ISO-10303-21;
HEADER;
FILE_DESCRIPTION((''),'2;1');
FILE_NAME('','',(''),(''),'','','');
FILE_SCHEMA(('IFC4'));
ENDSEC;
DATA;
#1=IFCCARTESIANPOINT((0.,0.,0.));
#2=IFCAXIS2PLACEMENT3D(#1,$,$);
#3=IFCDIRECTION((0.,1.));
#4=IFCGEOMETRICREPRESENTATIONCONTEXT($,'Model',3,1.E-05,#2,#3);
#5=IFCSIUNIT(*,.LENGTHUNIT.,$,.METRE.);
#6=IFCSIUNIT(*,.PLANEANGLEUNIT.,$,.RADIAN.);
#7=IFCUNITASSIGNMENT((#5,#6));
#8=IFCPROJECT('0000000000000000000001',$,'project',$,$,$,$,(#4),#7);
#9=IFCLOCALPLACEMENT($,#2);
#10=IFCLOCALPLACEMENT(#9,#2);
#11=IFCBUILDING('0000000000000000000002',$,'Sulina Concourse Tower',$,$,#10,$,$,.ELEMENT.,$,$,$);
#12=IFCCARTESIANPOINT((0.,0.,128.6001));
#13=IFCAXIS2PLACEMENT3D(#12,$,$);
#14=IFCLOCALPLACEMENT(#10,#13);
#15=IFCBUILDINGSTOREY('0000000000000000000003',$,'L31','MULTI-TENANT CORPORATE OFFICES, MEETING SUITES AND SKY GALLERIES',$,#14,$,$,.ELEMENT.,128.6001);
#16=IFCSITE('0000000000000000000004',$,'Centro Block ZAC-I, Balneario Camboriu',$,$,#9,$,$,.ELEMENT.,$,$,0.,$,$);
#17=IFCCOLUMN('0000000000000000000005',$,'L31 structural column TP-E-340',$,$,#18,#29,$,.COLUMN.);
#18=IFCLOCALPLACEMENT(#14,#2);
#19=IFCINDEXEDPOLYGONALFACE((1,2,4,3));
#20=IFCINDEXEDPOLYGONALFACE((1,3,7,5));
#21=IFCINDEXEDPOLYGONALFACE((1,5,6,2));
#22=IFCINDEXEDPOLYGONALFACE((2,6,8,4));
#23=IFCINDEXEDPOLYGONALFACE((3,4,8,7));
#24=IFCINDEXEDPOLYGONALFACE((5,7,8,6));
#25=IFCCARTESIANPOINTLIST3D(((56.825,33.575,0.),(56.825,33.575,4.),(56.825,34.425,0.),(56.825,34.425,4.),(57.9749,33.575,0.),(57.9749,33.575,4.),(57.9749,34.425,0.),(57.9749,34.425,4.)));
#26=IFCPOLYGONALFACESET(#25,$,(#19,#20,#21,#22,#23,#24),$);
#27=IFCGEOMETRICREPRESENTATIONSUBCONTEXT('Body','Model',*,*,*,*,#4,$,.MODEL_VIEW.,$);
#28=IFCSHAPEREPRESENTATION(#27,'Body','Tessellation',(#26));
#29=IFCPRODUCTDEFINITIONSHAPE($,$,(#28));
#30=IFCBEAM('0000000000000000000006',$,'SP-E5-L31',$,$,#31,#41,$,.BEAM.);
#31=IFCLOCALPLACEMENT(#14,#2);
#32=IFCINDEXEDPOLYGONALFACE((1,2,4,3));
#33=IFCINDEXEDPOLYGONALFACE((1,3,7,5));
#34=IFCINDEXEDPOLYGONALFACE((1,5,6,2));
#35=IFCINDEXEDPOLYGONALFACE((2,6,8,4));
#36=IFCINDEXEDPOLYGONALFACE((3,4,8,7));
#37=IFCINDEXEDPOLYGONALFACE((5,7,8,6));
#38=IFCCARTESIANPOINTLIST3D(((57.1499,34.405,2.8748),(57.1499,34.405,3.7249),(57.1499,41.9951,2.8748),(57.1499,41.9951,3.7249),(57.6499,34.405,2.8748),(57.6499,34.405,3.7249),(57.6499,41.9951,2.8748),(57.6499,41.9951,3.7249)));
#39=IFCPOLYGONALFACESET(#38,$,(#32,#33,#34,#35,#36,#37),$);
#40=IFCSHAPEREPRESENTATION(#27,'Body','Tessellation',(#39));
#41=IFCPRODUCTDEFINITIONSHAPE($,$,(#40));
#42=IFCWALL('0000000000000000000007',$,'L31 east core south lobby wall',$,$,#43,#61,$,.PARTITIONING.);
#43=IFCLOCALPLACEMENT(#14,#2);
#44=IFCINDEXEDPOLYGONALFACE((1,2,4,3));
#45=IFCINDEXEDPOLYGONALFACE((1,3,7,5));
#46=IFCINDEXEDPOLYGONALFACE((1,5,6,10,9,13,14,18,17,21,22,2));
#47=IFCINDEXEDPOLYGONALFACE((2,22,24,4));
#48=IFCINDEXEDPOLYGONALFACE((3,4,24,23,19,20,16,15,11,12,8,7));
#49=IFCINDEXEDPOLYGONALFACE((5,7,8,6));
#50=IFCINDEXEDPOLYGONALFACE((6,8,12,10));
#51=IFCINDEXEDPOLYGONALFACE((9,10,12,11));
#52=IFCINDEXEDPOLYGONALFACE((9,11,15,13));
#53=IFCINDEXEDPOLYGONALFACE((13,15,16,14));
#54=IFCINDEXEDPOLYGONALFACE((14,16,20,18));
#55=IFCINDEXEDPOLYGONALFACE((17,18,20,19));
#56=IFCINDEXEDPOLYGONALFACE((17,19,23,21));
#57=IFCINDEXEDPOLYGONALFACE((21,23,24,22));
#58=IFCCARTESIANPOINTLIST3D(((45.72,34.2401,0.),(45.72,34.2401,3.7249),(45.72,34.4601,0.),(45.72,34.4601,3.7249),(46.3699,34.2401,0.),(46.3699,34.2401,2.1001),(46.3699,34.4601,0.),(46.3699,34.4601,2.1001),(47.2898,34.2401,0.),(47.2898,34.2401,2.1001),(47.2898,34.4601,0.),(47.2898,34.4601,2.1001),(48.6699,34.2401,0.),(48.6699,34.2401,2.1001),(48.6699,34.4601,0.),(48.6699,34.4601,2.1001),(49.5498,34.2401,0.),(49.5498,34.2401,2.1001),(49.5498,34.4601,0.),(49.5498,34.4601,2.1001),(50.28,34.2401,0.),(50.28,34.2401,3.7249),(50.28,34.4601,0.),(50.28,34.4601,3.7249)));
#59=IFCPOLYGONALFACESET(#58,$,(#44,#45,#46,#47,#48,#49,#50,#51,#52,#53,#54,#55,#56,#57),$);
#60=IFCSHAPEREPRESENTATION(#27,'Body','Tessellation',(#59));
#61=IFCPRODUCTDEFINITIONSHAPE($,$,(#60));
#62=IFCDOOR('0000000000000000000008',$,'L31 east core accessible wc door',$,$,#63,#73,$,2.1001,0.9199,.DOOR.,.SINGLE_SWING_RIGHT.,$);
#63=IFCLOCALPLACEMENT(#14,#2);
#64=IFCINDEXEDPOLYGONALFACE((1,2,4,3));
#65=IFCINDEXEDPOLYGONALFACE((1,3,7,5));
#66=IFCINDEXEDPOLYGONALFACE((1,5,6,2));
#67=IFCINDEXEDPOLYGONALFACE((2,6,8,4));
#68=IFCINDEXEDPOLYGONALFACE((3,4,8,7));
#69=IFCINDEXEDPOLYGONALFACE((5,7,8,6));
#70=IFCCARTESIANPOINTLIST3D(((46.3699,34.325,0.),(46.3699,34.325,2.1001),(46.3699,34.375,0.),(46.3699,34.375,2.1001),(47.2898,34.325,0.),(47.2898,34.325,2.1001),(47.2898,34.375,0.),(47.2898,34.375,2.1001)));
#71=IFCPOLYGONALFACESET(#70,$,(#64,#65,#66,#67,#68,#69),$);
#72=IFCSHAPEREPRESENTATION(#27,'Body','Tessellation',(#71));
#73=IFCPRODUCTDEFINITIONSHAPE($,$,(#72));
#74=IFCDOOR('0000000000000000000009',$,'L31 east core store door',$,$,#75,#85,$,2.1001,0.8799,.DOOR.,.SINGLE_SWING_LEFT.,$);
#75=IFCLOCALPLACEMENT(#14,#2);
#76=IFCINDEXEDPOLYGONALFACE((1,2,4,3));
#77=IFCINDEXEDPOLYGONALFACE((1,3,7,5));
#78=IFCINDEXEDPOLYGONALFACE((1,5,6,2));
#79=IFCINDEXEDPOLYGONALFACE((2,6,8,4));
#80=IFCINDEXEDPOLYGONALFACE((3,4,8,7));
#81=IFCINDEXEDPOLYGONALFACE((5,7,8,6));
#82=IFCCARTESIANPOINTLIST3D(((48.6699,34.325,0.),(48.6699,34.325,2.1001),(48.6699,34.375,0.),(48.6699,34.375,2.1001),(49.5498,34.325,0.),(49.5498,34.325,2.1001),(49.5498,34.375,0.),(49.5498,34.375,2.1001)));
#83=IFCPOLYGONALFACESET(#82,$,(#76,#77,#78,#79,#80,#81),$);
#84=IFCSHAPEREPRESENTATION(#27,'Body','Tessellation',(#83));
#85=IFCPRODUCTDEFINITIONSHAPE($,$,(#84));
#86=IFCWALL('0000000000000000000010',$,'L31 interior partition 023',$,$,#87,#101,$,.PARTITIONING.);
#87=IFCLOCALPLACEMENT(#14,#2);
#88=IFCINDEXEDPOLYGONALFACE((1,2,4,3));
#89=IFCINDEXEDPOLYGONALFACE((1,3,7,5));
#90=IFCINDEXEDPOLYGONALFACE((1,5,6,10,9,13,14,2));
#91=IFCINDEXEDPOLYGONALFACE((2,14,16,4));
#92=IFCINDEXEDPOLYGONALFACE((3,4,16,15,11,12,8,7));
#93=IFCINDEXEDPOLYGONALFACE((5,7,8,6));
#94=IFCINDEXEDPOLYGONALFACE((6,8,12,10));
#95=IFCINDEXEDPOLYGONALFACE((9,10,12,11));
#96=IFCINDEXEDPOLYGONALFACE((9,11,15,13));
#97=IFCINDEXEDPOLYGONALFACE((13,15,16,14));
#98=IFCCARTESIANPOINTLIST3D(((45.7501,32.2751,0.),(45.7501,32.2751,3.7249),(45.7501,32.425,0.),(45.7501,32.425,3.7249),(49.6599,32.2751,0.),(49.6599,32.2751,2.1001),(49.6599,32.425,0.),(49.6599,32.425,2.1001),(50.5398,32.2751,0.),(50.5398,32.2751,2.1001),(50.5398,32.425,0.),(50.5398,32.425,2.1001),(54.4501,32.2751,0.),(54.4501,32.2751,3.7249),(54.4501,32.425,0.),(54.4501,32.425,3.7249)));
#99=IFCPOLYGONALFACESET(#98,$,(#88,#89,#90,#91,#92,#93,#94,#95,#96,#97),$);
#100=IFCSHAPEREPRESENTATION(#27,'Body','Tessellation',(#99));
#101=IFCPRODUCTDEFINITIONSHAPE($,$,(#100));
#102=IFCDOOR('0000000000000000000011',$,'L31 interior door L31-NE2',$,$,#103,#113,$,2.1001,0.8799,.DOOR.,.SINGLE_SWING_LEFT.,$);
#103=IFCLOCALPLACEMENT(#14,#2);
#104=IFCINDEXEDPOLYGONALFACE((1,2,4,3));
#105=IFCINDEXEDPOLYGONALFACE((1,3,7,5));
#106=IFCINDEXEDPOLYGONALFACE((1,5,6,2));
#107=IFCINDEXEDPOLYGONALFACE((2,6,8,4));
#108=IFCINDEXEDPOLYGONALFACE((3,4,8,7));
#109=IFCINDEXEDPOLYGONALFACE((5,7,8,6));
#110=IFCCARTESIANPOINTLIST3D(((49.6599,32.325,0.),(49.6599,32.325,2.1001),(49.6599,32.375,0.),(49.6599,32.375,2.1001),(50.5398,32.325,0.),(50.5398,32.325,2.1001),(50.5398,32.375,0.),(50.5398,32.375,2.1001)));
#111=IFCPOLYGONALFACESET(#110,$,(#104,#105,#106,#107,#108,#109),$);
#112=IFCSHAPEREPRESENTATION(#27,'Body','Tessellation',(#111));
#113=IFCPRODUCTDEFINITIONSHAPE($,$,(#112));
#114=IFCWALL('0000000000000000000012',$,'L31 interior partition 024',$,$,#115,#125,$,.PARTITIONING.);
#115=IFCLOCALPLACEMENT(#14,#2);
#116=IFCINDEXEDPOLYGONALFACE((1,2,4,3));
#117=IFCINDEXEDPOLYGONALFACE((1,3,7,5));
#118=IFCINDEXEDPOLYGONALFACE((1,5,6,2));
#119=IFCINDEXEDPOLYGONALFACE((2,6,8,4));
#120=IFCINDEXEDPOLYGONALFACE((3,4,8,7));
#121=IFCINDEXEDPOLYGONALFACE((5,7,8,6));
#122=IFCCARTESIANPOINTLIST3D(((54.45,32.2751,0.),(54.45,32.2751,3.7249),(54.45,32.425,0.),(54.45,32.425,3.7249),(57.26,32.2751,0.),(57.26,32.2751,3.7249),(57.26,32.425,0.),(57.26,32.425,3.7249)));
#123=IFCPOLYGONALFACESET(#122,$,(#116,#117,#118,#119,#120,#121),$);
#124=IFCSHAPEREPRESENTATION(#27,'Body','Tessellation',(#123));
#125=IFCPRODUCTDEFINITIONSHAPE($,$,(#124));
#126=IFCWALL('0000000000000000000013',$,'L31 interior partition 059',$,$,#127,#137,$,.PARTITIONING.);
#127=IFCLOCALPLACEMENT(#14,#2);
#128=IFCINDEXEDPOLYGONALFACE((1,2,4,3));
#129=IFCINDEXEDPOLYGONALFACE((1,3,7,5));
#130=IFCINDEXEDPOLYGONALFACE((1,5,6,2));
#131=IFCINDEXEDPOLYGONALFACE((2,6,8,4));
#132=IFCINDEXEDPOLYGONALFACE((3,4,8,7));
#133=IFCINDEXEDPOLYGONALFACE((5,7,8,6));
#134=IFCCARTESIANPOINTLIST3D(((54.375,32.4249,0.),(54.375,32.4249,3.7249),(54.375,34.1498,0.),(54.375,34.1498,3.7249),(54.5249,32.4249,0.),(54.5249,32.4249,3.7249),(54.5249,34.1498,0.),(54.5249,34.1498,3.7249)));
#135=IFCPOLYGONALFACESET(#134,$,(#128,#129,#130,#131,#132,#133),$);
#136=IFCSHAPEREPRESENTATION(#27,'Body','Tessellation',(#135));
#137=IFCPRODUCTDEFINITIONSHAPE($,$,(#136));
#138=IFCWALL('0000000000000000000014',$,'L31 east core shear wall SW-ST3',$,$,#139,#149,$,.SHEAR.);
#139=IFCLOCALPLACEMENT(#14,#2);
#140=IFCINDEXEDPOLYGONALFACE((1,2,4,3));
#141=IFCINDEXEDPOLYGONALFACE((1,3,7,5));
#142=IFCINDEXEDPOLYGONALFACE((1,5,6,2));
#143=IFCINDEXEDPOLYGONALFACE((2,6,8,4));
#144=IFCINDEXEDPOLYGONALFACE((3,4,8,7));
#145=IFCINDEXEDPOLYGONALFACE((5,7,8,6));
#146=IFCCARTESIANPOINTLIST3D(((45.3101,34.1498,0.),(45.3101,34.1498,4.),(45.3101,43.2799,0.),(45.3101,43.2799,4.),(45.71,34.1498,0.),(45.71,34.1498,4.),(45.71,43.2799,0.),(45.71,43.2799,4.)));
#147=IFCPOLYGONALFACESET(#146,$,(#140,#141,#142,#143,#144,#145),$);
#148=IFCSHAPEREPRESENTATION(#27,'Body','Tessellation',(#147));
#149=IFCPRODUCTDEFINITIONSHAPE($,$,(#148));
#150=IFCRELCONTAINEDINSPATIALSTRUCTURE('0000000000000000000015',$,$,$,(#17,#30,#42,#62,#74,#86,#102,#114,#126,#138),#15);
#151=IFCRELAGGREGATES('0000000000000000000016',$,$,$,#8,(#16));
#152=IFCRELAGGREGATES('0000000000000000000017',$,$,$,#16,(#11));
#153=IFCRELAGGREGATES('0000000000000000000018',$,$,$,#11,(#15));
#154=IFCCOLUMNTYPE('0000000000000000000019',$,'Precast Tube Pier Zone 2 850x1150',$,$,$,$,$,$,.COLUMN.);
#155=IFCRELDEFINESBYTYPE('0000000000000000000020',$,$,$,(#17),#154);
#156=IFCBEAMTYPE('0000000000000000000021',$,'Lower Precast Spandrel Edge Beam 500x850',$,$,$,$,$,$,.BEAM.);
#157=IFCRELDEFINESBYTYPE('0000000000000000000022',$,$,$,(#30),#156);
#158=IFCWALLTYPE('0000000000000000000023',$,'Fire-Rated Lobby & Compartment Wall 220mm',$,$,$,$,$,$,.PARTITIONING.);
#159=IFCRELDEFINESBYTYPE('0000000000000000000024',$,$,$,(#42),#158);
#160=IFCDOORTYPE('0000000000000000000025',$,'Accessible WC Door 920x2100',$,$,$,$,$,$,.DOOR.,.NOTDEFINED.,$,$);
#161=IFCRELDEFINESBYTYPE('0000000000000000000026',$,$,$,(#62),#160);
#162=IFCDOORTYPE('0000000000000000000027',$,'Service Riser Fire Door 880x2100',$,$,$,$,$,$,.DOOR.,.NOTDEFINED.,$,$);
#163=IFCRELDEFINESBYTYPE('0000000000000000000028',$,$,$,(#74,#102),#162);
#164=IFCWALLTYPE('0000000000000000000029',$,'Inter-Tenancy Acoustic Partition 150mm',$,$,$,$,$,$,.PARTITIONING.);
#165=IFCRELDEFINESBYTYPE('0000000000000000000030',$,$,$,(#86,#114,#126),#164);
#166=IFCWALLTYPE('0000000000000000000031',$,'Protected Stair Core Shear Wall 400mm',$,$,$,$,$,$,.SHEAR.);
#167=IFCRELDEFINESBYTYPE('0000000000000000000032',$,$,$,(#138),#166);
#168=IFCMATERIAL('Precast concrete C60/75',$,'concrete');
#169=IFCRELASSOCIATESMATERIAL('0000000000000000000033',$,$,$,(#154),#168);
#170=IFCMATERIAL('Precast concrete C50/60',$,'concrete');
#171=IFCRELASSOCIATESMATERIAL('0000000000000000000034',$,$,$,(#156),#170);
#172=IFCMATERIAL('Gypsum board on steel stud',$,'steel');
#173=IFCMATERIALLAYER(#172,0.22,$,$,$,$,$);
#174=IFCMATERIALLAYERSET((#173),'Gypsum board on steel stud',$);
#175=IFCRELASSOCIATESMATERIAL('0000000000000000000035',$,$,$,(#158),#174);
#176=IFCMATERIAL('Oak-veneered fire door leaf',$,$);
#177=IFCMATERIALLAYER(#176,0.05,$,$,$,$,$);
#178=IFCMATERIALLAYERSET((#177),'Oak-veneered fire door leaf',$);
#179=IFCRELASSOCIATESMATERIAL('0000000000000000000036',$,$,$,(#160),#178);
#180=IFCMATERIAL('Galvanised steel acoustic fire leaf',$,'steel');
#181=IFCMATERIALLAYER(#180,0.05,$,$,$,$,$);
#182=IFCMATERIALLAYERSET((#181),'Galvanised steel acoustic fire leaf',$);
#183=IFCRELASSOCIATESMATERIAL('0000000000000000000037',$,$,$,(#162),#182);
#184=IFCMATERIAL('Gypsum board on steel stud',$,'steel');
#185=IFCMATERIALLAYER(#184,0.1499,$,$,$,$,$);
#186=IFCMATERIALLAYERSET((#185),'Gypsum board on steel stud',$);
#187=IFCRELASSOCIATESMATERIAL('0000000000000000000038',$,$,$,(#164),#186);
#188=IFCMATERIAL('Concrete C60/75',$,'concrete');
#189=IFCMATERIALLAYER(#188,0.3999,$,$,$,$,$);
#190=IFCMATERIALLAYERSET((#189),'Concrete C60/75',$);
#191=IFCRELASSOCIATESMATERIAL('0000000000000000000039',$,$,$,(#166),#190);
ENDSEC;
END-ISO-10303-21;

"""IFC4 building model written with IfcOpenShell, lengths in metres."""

from ifc_helpers import new_model, si_unit, direction, frame, frame_2d, origin, origin_2d, place, context, subcontext, project, spatial, rectangle, extrude, material, layer, layer_set, material_profile, profile_set, type_object, element, fill, save


model = new_model("IFC4")

# Units and contexts
model_context = context("Model", 3, precision=1e-05, world=origin(), true_north=direction((0.0, 1.0)))
body_context = subcontext(model_context, "Body", "Model", "MODEL_VIEW")
ifc_project = project(units=[si_unit("LENGTHUNIT", "METRE"), si_unit("PLANEANGLEUNIT", "RADIAN")], contexts=[model_context])

# Site, building, storey
site_placement = place(None, origin())
site = spatial("IfcSite", under=ifc_project, at=site_placement, Name="Centro Block ZAC-I, Balneario Camboriu", CompositionType="ELEMENT", RefElevation=0.0)
building_placement = place(site_placement, origin())
building = spatial("IfcBuilding", under=site, at=building_placement, Name="Sulina Concourse Tower", CompositionType="ELEMENT")
storey_placement = place(building_placement, frame((0.0, 0.0, 128.6001)))
storey = spatial("IfcBuildingStorey", under=building, at=storey_placement, Name="L31", Description="MULTI-TENANT CORPORATE OFFICES, MEETING SUITES AND SKY GALLERIES", CompositionType="ELEMENT", Elevation=128.6001)

# Column
ifc_material_1 = material(Name="Precast concrete C60/75", Category="concrete")
ifc_material_profile_1 = material_profile(ifc_material_1, rectangle(XDim=0.8501, YDim=1.1499, at=origin_2d()), Name="PC 850x1150")
ifc_profile_set_1 = profile_set([ifc_material_profile_1], Name="Precast concrete C60/75")
column_type = type_object("IfcColumnType", Name="Precast Tube Pier Zone 2 850x1150", PredefinedType="COLUMN", material=ifc_profile_set_1)
column_placement = place(storey_placement, frame((57.3999, 34.0, 0.0), z_axis=(0.0, 0.0, 1.0), x_axis=(0.0, 1.0, 0.0)))
element("IfcColumn", 1, at=column_placement, inside=storey, type_object=column_type, Name="L31 structural column TP-E-340", PredefinedType="COLUMN", context=body_context, shape_type="SweptSolid", body=[
    extrude(rectangle(XDim=0.8501, YDim=1.1499, at=origin_2d()), origin(), (0.0, 0.0, 1.0), 4.0),
])

# Beam
ifc_material_2 = material(Name="Precast concrete C50/60", Category="concrete")
ifc_material_profile_2 = material_profile(ifc_material_2, rectangle(XDim=0.5, YDim=0.8501, at=origin_2d()), Name="RC 500x850")
ifc_profile_set_2 = profile_set([ifc_material_profile_2], Name="Precast concrete C50/60")
beam_type = type_object("IfcBeamType", Name="Lower Precast Spandrel Edge Beam 500x850", PredefinedType="BEAM", material=ifc_profile_set_2)
beam_placement = place(storey_placement, frame((57.3999, 34.405, 3.2998), z_axis=(0.0, 1.0, 0.0), x_axis=(-1.0, 0.0, 0.0)))
element("IfcBeam", 2, at=beam_placement, inside=storey, type_object=beam_type, Name="SP-E5-L31", PredefinedType="BEAM", context=body_context, shape_type="SweptSolid", body=[
    extrude(rectangle(XDim=0.5, YDim=0.8501, at=origin_2d()), origin(), (0.0, 0.0, 1.0), 7.5901),
])

# Wall, openings, doors
ifc_material_3 = material(Name="Gypsum board on steel stud", Category="steel")
ifc_layer_1 = layer(ifc_material_3, 0.22)
ifc_layer_set_1 = layer_set([ifc_layer_1], Name="Gypsum board on steel stud")
wall_type_1 = type_object("IfcWallType", Name="Fire-Rated Lobby & Compartment Wall 220mm", PredefinedType="PARTITIONING", material=ifc_layer_set_1)
wall_1_placement = place(storey_placement, frame((45.72, 34.3501, 0.0), z_axis=(0.0, 0.0, 1.0), x_axis=(1.0, 0.0, 0.0)))
wall_1 = element("IfcWall", 3, at=wall_1_placement, inside=storey, type_object=wall_type_1, Name="L31 east core south lobby wall", PredefinedType="PARTITIONING", context=body_context, shape_type="SweptSolid", body=[
    extrude(rectangle(XDim=4.5601, YDim=0.22, at=frame_2d((2.28, 0.0))), origin(), (0.0, 0.0, 1.0), 3.7249),
])
opening_1_placement = place(wall_1_placement, frame((0.6499, 0.0, 0.0)))
opening_1 = element("IfcOpeningElement", 4, at=opening_1_placement, cuts=wall_1, PredefinedType="OPENING", context=body_context, shape_type="SweptSolid", body=[
    extrude(rectangle(XDim=0.9199, YDim=2.1001, at=frame_2d((0.46, 1.05))), frame((0.0, 0.1199, 0.0), z_axis=(0.0, -1.0, 0.0), x_axis=(1.0, 0.0, 0.0)), (0.0, 0.0, 1.0), 0.24),
])
opening_2_placement = place(wall_1_placement, frame((2.95, 0.0, 0.0)))
opening_2 = element("IfcOpeningElement", 5, at=opening_2_placement, cuts=wall_1, PredefinedType="OPENING", context=body_context, shape_type="SweptSolid", body=[
    extrude(rectangle(XDim=0.8799, YDim=2.1001, at=frame_2d((0.4399, 1.05))), frame((0.0, 0.1199, 0.0), z_axis=(0.0, -1.0, 0.0), x_axis=(1.0, 0.0, 0.0)), (0.0, 0.0, 1.0), 0.24),
])
ifc_material_4 = material(Name="Oak-veneered fire door leaf")
ifc_layer_2 = layer(ifc_material_4, 0.05)
ifc_layer_set_2 = layer_set([ifc_layer_2], Name="Oak-veneered fire door leaf")
door_type_1 = type_object("IfcDoorType", Name="Accessible WC Door 920x2100", OperationType="NOTDEFINED", PredefinedType="DOOR", material=ifc_layer_set_2)
door_1_placement = place(opening_1_placement, origin())
door_1 = element("IfcDoor", 6, at=door_1_placement, inside=storey, type_object=door_type_1, Name="L31 east core accessible wc door", OperationType="SINGLE_SWING_RIGHT", OverallHeight=2.1001, OverallWidth=0.9199, PredefinedType="DOOR", context=body_context, shape_type="SweptSolid", body=[
    extrude(rectangle(XDim=0.9199, YDim=2.1001, at=frame_2d((0.46, 1.05))), frame((0.0, 0.0249, 0.0), z_axis=(0.0, -1.0, 0.0), x_axis=(1.0, 0.0, 0.0)), (0.0, 0.0, 1.0), 0.05),
])
fill(opening_1, door_1)
ifc_material_5 = material(Name="Galvanised steel acoustic fire leaf", Category="steel")
ifc_layer_3 = layer(ifc_material_5, 0.05)
ifc_layer_set_3 = layer_set([ifc_layer_3], Name="Galvanised steel acoustic fire leaf")
door_type_2 = type_object("IfcDoorType", Name="Service Riser Fire Door 880x2100", OperationType="NOTDEFINED", PredefinedType="DOOR", material=ifc_layer_set_3)
door_2_placement = place(opening_2_placement, origin())
door_2 = element("IfcDoor", 7, at=door_2_placement, inside=storey, type_object=door_type_2, Name="L31 east core store door", OperationType="SINGLE_SWING_LEFT", OverallHeight=2.1001, OverallWidth=0.8799, PredefinedType="DOOR", context=body_context, shape_type="SweptSolid", body=[
    extrude(rectangle(XDim=0.8799, YDim=2.1001, at=frame_2d((0.4399, 1.05))), frame((0.0, 0.0249, 0.0), z_axis=(0.0, -1.0, 0.0), x_axis=(1.0, 0.0, 0.0)), (0.0, 0.0, 1.0), 0.05),
])
fill(opening_2, door_2)

# Wall, opening, door
ifc_material_6 = material(Name="Gypsum board on steel stud", Category="steel")
ifc_layer_4 = layer(ifc_material_6, 0.1499)
ifc_layer_set_4 = layer_set([ifc_layer_4], Name="Gypsum board on steel stud")
wall_type_2 = type_object("IfcWallType", Name="Inter-Tenancy Acoustic Partition 150mm", PredefinedType="PARTITIONING", material=ifc_layer_set_4)
wall_2_placement = place(storey_placement, frame((45.75, 32.3501, 0.0), z_axis=(0.0, 0.0, 1.0), x_axis=(1.0, 0.0, 0.0)))
wall_2 = element("IfcWall", 8, at=wall_2_placement, inside=storey, type_object=wall_type_2, Name="L31 interior partition 023", PredefinedType="PARTITIONING", context=body_context, shape_type="SweptSolid", body=[
    extrude(rectangle(XDim=8.7, YDim=0.1499, at=frame_2d((4.3501, 0.0))), origin(), (0.0, 0.0, 1.0), 3.7249),
])
opening_3_placement = place(wall_2_placement, frame((3.9099, 0.0, 0.0)))
opening_3 = element("IfcOpeningElement", 9, at=opening_3_placement, cuts=wall_2, PredefinedType="OPENING", context=body_context, shape_type="SweptSolid", body=[
    extrude(rectangle(XDim=0.8799, YDim=2.1001, at=frame_2d((0.4399, 1.05))), frame((0.0, 0.085, 0.0), z_axis=(0.0, -1.0, 0.0), x_axis=(1.0, 0.0, 0.0)), (0.0, 0.0, 1.0), 0.1699),
])
door_3_placement = place(opening_3_placement, origin())
door_3 = element("IfcDoor", 10, at=door_3_placement, inside=storey, type_object=door_type_2, Name="L31 interior door L31-NE2", OperationType="SINGLE_SWING_LEFT", OverallHeight=2.1001, OverallWidth=0.8799, PredefinedType="DOOR", context=body_context, shape_type="SweptSolid", body=[
    extrude(rectangle(XDim=0.8799, YDim=2.1001, at=frame_2d((0.4399, 1.05))), frame((0.0, 0.0249, 0.0), z_axis=(0.0, -1.0, 0.0), x_axis=(1.0, 0.0, 0.0)), (0.0, 0.0, 1.0), 0.05),
])
fill(opening_3, door_3)

# Walls
wall_3_placement = place(storey_placement, frame((54.45, 32.3501, 0.0), z_axis=(0.0, 0.0, 1.0), x_axis=(1.0, 0.0, 0.0)))
element("IfcWall", 11, at=wall_3_placement, inside=storey, type_object=wall_type_2, Name="L31 interior partition 024", PredefinedType="PARTITIONING", context=body_context, shape_type="SweptSolid", body=[
    extrude(rectangle(XDim=2.8101, YDim=0.1499, at=frame_2d((1.405, 0.0))), origin(), (0.0, 0.0, 1.0), 3.7249),
])
wall_4_placement = place(storey_placement, frame((54.45, 32.425, 0.0), z_axis=(0.0, 0.0, 1.0), x_axis=(0.0, 1.0, 0.0)))
element("IfcWall", 12, at=wall_4_placement, inside=storey, type_object=wall_type_2, Name="L31 interior partition 059", PredefinedType="PARTITIONING", context=body_context, shape_type="SweptSolid", body=[
    extrude(rectangle(XDim=1.7249, YDim=0.1499, at=frame_2d((0.8623, 0.0))), origin(), (0.0, 0.0, 1.0), 3.7249),
])
ifc_material_7 = material(Name="Concrete C60/75", Category="concrete")
ifc_layer_5 = layer(ifc_material_7, 0.3999)
ifc_layer_set_5 = layer_set([ifc_layer_5], Name="Concrete C60/75")
wall_type_3 = type_object("IfcWallType", Name="Protected Stair Core Shear Wall 400mm", PredefinedType="SHEAR", material=ifc_layer_set_5)
wall_5_placement = place(storey_placement, frame((45.51, 34.1499, 0.0), z_axis=(0.0, 0.0, 1.0), x_axis=(0.0, 1.0, 0.0)))
element("IfcWall", 13, at=wall_5_placement, inside=storey, type_object=wall_type_3, Name="L31 east core shear wall SW-ST3", PredefinedType="SHEAR", context=body_context, shape_type="SweptSolid", body=[
    extrude(rectangle(XDim=9.1301, YDim=0.3999, at=frame_2d((4.5649, 0.0))), origin(), (0.0, 0.0, 1.0), 4.0),
])

save(model, "model.ifc")
